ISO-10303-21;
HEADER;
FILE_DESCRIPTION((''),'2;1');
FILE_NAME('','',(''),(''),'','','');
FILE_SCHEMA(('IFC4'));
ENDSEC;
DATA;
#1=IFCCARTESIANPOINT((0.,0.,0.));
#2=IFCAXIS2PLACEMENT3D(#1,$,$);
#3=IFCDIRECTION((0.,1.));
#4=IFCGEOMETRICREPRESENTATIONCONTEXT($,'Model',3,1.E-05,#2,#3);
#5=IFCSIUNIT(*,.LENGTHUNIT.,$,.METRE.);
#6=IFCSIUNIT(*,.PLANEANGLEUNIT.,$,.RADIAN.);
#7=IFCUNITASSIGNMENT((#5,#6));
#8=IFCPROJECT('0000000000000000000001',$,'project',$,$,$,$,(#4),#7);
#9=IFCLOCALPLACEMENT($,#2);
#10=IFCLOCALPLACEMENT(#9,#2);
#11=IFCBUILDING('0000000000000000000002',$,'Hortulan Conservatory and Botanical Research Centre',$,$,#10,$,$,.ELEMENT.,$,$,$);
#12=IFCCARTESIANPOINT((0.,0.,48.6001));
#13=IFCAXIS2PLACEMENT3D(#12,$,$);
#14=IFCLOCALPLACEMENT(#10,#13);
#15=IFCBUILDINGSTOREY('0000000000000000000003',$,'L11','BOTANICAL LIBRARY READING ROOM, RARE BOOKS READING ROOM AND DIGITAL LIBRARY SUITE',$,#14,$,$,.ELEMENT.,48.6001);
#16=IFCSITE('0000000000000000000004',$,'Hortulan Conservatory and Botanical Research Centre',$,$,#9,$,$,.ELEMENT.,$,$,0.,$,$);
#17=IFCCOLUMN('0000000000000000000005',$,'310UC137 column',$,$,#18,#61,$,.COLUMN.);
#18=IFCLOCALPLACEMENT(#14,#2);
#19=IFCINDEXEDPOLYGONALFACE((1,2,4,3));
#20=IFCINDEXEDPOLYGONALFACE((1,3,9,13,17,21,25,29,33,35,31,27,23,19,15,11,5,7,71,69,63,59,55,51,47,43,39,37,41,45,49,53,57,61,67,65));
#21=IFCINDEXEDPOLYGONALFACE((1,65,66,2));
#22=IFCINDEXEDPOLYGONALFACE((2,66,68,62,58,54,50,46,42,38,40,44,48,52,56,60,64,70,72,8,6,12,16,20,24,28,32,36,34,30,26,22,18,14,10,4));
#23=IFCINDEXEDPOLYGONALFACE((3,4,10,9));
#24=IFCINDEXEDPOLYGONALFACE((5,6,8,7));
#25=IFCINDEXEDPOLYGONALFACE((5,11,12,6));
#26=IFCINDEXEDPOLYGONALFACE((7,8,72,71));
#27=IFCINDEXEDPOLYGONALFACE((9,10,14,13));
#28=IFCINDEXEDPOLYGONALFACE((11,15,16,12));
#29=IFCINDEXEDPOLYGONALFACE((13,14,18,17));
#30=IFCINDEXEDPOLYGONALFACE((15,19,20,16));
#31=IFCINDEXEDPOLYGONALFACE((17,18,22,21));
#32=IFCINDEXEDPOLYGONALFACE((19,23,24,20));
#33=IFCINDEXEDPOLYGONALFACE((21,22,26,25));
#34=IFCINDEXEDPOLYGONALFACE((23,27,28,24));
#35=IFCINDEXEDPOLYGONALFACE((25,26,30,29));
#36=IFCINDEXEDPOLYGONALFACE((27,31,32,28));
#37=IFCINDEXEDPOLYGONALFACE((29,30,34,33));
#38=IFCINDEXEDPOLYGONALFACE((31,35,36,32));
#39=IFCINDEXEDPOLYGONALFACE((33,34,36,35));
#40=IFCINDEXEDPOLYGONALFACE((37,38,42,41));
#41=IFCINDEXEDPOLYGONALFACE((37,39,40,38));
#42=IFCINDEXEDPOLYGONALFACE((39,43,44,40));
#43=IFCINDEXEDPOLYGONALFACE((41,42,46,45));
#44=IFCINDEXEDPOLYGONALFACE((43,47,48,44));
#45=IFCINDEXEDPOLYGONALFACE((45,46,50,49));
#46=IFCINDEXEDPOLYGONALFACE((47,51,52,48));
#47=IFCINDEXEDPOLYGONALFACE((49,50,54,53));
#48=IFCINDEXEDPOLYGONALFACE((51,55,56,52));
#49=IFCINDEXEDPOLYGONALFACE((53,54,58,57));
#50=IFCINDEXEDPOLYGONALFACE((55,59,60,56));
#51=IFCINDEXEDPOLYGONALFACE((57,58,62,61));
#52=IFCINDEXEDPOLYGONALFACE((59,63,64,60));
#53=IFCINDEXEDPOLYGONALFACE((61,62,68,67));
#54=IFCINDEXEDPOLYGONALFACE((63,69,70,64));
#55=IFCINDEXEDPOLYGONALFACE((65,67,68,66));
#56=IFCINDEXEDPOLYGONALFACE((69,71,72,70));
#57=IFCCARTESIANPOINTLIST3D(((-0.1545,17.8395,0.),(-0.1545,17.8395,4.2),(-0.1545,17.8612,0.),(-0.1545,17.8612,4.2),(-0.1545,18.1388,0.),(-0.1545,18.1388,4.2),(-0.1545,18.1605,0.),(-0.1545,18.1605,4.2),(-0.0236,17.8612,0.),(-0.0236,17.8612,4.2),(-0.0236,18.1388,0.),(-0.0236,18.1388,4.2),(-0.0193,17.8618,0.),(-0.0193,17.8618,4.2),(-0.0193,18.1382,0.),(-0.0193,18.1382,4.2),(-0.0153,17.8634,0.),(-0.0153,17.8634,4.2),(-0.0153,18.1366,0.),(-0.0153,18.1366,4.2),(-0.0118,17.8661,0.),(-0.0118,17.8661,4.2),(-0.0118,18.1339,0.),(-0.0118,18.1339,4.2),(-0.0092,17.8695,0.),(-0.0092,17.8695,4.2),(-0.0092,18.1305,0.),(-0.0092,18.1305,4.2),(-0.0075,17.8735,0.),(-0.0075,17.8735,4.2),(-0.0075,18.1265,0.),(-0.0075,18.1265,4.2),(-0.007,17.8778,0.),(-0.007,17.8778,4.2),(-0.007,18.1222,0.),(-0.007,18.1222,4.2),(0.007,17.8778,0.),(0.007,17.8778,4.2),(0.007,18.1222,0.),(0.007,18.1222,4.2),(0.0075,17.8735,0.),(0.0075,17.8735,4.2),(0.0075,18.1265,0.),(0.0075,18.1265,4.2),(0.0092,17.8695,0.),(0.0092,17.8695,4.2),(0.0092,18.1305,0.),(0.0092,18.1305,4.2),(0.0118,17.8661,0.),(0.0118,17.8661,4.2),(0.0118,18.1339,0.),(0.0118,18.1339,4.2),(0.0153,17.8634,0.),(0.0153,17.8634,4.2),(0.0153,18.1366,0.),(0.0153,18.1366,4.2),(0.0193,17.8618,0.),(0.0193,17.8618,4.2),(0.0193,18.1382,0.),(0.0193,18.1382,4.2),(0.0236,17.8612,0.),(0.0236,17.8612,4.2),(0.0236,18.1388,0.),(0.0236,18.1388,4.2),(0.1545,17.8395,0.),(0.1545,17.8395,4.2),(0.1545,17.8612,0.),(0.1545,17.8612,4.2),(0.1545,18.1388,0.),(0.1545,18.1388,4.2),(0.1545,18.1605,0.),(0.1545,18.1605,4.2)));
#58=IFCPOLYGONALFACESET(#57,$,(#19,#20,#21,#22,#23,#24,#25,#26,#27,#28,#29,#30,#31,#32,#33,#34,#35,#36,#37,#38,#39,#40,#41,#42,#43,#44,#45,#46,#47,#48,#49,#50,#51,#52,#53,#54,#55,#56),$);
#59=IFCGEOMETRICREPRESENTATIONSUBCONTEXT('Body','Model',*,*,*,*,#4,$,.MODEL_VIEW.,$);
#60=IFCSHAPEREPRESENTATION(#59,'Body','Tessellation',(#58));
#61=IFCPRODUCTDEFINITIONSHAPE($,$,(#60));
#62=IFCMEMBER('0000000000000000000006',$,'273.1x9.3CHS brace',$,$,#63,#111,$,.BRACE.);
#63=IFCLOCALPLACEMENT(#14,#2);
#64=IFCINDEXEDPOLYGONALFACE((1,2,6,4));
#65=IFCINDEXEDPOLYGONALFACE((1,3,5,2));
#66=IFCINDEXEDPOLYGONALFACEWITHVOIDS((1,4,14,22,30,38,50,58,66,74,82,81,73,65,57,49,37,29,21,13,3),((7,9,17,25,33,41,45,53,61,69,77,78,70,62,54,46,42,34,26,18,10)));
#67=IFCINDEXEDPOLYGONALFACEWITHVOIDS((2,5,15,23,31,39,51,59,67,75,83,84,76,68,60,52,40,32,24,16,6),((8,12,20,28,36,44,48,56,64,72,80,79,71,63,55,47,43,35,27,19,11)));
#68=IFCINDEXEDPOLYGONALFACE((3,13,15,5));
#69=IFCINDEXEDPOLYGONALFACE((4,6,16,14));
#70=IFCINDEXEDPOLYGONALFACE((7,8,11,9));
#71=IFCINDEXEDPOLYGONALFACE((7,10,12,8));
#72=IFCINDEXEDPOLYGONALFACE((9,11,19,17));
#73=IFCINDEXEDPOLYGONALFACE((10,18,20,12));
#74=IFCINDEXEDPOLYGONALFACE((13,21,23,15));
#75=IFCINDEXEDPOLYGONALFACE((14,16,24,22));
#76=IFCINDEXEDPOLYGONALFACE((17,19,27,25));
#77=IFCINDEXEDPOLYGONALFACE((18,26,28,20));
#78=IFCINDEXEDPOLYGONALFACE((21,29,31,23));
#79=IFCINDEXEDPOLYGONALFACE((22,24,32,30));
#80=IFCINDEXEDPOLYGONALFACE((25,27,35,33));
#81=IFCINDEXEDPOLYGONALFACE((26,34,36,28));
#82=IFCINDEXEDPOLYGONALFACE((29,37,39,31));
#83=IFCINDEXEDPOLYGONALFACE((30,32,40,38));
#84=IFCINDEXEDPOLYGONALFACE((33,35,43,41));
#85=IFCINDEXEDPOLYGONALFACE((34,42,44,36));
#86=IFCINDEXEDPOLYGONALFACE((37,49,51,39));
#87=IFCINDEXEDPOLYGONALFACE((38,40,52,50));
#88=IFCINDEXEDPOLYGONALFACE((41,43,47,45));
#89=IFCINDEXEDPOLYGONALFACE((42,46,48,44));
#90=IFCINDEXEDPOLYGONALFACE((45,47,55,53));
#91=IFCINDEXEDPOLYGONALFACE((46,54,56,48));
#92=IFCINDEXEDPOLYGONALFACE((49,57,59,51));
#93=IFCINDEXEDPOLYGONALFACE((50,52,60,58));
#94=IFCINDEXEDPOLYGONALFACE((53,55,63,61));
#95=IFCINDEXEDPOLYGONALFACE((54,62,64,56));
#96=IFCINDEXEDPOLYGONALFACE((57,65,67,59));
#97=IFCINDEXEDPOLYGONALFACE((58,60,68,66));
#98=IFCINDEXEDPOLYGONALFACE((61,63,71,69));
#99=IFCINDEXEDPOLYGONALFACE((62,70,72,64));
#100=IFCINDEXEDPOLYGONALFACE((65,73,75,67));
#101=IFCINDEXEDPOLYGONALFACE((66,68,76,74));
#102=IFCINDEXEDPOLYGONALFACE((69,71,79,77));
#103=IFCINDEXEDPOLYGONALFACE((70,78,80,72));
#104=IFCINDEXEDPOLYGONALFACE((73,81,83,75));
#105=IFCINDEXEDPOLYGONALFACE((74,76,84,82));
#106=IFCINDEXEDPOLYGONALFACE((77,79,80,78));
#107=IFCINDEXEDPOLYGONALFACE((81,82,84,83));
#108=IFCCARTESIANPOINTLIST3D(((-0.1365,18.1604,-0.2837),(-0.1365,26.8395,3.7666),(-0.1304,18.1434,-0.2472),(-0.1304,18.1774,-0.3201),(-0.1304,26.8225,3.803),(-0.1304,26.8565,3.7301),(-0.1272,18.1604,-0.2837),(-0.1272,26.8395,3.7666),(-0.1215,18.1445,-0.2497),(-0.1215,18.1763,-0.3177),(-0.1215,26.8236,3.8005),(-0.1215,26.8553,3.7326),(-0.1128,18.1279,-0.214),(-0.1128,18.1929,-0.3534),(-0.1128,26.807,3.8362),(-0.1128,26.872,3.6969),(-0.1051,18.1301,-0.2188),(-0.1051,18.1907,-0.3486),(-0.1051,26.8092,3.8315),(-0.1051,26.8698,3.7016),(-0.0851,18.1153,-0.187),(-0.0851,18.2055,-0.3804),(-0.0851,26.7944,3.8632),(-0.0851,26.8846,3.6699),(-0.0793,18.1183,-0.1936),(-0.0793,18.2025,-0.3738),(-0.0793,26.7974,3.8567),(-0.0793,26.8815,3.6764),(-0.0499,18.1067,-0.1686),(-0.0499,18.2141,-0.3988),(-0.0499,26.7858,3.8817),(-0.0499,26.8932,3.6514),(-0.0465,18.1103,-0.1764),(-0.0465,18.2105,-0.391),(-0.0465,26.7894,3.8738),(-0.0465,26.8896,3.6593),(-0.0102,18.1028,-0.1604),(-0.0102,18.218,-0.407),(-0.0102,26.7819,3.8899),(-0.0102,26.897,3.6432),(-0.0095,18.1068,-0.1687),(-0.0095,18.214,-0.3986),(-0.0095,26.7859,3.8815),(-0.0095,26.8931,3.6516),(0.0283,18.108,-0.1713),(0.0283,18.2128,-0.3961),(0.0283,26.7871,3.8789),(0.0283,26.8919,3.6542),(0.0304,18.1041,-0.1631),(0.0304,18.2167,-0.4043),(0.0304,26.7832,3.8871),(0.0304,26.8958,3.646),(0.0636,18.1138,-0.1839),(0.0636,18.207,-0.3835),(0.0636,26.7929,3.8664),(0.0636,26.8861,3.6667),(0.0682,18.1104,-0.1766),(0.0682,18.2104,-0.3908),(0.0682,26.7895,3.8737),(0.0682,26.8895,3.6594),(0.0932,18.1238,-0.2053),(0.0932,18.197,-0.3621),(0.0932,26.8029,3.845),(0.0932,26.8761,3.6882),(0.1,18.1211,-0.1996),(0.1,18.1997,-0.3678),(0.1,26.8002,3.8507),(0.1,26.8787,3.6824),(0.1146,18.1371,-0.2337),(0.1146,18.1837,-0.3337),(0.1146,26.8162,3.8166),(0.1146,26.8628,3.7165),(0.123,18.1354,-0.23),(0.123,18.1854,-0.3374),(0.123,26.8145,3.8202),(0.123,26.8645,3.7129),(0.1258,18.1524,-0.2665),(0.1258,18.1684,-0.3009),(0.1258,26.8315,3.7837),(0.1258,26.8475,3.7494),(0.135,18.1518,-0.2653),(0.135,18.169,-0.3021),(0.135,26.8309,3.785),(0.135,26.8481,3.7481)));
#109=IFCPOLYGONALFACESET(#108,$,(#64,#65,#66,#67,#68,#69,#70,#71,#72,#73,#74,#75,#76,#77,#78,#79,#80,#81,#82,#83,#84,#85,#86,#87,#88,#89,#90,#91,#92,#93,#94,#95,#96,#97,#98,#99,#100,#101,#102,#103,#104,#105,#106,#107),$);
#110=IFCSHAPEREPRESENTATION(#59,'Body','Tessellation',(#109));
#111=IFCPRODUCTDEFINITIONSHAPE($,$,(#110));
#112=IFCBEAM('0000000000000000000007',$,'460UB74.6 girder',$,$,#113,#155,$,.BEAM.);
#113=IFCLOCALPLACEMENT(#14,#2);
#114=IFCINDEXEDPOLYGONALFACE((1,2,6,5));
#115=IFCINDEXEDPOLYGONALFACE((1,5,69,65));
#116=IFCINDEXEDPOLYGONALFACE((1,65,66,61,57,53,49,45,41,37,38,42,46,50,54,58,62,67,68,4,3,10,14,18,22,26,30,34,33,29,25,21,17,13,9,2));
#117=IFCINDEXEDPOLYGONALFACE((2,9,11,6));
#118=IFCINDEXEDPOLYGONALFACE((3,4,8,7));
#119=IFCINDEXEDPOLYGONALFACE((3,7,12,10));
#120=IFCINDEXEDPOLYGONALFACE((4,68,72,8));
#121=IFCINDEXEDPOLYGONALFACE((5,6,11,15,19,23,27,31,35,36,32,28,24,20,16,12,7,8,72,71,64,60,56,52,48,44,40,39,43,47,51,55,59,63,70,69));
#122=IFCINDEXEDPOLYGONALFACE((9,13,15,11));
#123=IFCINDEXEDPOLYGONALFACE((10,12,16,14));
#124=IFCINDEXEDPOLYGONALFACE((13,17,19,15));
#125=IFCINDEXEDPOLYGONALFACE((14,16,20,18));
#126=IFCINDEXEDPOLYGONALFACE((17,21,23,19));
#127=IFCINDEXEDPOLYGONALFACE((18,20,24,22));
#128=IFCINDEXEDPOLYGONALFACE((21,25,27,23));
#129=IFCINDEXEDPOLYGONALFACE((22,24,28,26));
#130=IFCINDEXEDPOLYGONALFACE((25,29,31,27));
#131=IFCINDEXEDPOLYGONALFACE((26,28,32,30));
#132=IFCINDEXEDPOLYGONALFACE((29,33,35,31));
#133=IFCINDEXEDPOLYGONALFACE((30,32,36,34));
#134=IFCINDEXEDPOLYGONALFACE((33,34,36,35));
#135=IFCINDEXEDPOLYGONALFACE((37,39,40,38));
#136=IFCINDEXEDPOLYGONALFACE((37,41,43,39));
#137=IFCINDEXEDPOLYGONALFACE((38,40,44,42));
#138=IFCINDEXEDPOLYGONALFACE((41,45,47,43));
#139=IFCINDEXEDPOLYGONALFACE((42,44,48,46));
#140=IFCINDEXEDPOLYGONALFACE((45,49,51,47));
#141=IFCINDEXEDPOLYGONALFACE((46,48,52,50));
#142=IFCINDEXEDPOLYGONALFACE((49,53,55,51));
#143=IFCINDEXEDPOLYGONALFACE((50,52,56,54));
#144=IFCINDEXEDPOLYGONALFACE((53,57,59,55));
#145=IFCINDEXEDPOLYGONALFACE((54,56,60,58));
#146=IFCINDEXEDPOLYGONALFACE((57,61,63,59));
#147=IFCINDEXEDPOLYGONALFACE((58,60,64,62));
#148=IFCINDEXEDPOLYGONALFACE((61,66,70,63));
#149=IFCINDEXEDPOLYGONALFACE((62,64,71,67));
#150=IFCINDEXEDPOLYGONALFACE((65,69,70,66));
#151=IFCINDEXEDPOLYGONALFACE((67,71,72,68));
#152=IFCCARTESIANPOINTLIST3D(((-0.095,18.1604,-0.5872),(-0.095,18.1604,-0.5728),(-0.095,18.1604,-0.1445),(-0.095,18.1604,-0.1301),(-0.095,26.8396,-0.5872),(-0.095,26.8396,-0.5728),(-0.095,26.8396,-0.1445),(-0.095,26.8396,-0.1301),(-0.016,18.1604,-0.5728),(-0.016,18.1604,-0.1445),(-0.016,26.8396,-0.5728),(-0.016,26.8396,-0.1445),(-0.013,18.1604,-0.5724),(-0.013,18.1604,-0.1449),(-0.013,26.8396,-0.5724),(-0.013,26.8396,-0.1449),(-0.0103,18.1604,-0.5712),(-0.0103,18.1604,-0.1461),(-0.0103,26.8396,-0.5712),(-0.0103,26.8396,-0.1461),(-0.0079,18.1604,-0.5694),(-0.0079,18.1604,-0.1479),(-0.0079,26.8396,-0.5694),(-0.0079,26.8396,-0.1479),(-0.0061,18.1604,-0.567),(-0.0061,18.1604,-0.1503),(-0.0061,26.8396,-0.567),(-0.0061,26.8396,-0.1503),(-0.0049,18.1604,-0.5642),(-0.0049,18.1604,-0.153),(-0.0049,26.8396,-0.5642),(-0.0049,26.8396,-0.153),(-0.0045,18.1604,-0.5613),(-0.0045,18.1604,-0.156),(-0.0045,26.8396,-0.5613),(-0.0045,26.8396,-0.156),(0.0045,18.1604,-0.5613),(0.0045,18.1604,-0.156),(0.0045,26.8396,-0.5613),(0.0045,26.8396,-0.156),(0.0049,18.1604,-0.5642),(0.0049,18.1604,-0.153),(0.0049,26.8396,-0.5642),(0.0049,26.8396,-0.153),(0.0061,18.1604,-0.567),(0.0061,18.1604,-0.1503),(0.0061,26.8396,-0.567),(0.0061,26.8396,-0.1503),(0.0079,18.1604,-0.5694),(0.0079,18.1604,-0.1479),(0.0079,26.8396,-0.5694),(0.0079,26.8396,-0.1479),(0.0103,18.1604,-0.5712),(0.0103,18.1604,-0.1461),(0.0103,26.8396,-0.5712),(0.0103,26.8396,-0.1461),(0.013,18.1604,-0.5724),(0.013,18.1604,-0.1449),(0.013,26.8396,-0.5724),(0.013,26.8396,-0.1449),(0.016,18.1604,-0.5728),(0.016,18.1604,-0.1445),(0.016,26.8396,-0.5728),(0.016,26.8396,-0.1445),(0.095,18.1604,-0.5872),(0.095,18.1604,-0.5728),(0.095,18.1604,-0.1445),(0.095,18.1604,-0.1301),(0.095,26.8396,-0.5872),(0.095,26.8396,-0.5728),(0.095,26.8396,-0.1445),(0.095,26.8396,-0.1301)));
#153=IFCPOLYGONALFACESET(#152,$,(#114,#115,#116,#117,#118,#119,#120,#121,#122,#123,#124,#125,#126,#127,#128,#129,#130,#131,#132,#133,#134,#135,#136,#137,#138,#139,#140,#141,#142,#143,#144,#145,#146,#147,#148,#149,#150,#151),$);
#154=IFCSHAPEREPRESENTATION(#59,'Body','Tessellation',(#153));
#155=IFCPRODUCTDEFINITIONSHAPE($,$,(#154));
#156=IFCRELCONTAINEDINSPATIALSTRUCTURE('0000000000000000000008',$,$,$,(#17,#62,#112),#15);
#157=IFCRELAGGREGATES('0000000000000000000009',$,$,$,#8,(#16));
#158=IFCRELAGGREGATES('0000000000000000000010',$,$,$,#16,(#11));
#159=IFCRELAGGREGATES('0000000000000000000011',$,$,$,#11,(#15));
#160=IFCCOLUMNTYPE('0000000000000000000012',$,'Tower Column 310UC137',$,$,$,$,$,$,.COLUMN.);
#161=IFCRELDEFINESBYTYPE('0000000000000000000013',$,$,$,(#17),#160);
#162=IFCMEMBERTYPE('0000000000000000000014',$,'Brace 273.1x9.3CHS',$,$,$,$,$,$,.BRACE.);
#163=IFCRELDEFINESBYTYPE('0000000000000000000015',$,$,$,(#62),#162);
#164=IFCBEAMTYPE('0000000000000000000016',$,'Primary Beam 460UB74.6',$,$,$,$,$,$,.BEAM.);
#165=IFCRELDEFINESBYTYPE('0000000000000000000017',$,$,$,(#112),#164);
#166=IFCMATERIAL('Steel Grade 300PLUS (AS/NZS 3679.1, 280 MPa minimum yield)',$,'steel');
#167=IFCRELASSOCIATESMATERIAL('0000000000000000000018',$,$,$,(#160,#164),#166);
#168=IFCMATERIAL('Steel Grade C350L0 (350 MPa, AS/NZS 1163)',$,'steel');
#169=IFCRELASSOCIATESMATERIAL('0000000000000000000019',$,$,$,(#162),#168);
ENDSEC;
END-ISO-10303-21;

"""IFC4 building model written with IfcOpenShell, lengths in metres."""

from ifc_helpers import new_model, si_unit, direction, frame, origin, origin_2d, place, context, subcontext, project, spatial, hollow_circle, i_section, extrude, material, material_profile, profile_set, type_object, element, save


model = new_model("IFC4")

# Units and contexts
model_context = context("Model", 3, precision=1e-05, world=origin(), true_north=direction((0.0, 1.0)))
body_context = subcontext(model_context, "Body", "Model", "MODEL_VIEW")
ifc_project = project(units=[si_unit("LENGTHUNIT", "METRE"), si_unit("PLANEANGLEUNIT", "RADIAN")], contexts=[model_context])

# Site, building, storey
site_placement = place(None, origin())
site = spatial("IfcSite", under=ifc_project, at=site_placement, Name="Hortulan Conservatory and Botanical Research Centre", CompositionType="ELEMENT", RefElevation=0.0)
building_placement = place(site_placement, origin())
building = spatial("IfcBuilding", under=site, at=building_placement, Name="Hortulan Conservatory and Botanical Research Centre", CompositionType="ELEMENT")
storey_placement = place(building_placement, frame((0.0, 0.0, 48.6001)))
storey = spatial("IfcBuildingStorey", under=building, at=storey_placement, Name="L11", Description="BOTANICAL LIBRARY READING ROOM, RARE BOOKS READING ROOM AND DIGITAL LIBRARY SUITE", CompositionType="ELEMENT", Elevation=48.6001)

# Column
ifc_material_1 = material(Name="Steel Grade 300PLUS (AS/NZS 3679.1, 280 MPa minimum yield)", Category="steel")
ifc_material_profile_1 = material_profile(ifc_material_1, i_section(OverallWidth=0.3091, OverallDepth=0.321, WebThickness=0.0139, FlangeThickness=0.0217, FilletRadius=0.0166, at=origin_2d()), Name="310UC137")
ifc_profile_set_1 = profile_set([ifc_material_profile_1], Name="Steel Grade 300PLUS (AS/NZS 3679.1, 280 MPa minimum yield)")
column_type = type_object("IfcColumnType", Name="Tower Column 310UC137", PredefinedType="COLUMN", material=ifc_profile_set_1)
column_placement = place(storey_placement, frame((0.0, 18.0, 0.0), z_axis=(0.0, 0.0, 1.0), x_axis=(1.0, 0.0, 0.0)))
element("IfcColumn", 1, at=column_placement, inside=storey, type_object=column_type, Name="310UC137 column", PredefinedType="COLUMN", context=body_context, shape_type="SweptSolid", body=[
    extrude(i_section(OverallWidth=0.3091, OverallDepth=0.321, WebThickness=0.0139, FlangeThickness=0.0217, FilletRadius=0.0166, at=origin_2d()), origin(), (0.0, 0.0, 1.0), 4.2),
])

# Member
ifc_material_2 = material(Name="Steel Grade C350L0 (350 MPa, AS/NZS 1163)", Category="steel")
ifc_material_profile_2 = material_profile(ifc_material_2, hollow_circle(Radius=0.1365, WallThickness=0.0093, at=origin_2d()), Name="273.1x9.3CHS")
ifc_profile_set_2 = profile_set([ifc_material_profile_2], Name="Steel Grade C350L0 (350 MPa, AS/NZS 1163)")
member_type = type_object("IfcMemberType", Name="Brace 273.1x9.3CHS", PredefinedType="BRACE", material=ifc_profile_set_2)
member_placement = place(storey_placement, frame((0.0, 18.1604, -0.2837), z_axis=(0.0, 0.906183, 0.422885), x_axis=(-1.0, 0.0, 0.0)))
element("IfcMember", 2, at=member_placement, inside=storey, type_object=member_type, Name="273.1x9.3CHS brace", PredefinedType="BRACE", context=body_context, shape_type="SweptSolid", body=[
    extrude(hollow_circle(Radius=0.1365, WallThickness=0.0093, at=origin_2d()), origin(), (0.0, 0.0, 1.0), 9.5776),
])

# Beam
ifc_material_profile_3 = material_profile(ifc_material_1, i_section(OverallWidth=0.1899, OverallDepth=0.457, WebThickness=0.009, FlangeThickness=0.0144, FilletRadius=0.0115, at=origin_2d()), Name="460UB74.6")
ifc_profile_set_3 = profile_set([ifc_material_profile_3], Name="Steel Grade 300PLUS (AS/NZS 3679.1, 280 MPa minimum yield)")
beam_type_1 = type_object("IfcBeamType", Name="Primary Beam 460UB74.6", PredefinedType="BEAM", material=ifc_profile_set_3)
beam_1_placement = place(storey_placement, frame((0.0, 18.1604, -0.3586), z_axis=(0.0, 1.0, 0.0), x_axis=(-1.0, 0.0, 0.0)))
element("IfcBeam", 3, at=beam_1_placement, inside=storey, type_object=beam_type_1, Name="460UB74.6 girder", PredefinedType="BEAM", context=body_context, shape_type="SweptSolid", body=[
    extrude(i_section(OverallWidth=0.1899, OverallDepth=0.457, WebThickness=0.009, FlangeThickness=0.0144, FilletRadius=0.0115, at=origin_2d()), origin(), (0.0, 0.0, 1.0), 8.6792),
])

save(model, "model.ifc")
